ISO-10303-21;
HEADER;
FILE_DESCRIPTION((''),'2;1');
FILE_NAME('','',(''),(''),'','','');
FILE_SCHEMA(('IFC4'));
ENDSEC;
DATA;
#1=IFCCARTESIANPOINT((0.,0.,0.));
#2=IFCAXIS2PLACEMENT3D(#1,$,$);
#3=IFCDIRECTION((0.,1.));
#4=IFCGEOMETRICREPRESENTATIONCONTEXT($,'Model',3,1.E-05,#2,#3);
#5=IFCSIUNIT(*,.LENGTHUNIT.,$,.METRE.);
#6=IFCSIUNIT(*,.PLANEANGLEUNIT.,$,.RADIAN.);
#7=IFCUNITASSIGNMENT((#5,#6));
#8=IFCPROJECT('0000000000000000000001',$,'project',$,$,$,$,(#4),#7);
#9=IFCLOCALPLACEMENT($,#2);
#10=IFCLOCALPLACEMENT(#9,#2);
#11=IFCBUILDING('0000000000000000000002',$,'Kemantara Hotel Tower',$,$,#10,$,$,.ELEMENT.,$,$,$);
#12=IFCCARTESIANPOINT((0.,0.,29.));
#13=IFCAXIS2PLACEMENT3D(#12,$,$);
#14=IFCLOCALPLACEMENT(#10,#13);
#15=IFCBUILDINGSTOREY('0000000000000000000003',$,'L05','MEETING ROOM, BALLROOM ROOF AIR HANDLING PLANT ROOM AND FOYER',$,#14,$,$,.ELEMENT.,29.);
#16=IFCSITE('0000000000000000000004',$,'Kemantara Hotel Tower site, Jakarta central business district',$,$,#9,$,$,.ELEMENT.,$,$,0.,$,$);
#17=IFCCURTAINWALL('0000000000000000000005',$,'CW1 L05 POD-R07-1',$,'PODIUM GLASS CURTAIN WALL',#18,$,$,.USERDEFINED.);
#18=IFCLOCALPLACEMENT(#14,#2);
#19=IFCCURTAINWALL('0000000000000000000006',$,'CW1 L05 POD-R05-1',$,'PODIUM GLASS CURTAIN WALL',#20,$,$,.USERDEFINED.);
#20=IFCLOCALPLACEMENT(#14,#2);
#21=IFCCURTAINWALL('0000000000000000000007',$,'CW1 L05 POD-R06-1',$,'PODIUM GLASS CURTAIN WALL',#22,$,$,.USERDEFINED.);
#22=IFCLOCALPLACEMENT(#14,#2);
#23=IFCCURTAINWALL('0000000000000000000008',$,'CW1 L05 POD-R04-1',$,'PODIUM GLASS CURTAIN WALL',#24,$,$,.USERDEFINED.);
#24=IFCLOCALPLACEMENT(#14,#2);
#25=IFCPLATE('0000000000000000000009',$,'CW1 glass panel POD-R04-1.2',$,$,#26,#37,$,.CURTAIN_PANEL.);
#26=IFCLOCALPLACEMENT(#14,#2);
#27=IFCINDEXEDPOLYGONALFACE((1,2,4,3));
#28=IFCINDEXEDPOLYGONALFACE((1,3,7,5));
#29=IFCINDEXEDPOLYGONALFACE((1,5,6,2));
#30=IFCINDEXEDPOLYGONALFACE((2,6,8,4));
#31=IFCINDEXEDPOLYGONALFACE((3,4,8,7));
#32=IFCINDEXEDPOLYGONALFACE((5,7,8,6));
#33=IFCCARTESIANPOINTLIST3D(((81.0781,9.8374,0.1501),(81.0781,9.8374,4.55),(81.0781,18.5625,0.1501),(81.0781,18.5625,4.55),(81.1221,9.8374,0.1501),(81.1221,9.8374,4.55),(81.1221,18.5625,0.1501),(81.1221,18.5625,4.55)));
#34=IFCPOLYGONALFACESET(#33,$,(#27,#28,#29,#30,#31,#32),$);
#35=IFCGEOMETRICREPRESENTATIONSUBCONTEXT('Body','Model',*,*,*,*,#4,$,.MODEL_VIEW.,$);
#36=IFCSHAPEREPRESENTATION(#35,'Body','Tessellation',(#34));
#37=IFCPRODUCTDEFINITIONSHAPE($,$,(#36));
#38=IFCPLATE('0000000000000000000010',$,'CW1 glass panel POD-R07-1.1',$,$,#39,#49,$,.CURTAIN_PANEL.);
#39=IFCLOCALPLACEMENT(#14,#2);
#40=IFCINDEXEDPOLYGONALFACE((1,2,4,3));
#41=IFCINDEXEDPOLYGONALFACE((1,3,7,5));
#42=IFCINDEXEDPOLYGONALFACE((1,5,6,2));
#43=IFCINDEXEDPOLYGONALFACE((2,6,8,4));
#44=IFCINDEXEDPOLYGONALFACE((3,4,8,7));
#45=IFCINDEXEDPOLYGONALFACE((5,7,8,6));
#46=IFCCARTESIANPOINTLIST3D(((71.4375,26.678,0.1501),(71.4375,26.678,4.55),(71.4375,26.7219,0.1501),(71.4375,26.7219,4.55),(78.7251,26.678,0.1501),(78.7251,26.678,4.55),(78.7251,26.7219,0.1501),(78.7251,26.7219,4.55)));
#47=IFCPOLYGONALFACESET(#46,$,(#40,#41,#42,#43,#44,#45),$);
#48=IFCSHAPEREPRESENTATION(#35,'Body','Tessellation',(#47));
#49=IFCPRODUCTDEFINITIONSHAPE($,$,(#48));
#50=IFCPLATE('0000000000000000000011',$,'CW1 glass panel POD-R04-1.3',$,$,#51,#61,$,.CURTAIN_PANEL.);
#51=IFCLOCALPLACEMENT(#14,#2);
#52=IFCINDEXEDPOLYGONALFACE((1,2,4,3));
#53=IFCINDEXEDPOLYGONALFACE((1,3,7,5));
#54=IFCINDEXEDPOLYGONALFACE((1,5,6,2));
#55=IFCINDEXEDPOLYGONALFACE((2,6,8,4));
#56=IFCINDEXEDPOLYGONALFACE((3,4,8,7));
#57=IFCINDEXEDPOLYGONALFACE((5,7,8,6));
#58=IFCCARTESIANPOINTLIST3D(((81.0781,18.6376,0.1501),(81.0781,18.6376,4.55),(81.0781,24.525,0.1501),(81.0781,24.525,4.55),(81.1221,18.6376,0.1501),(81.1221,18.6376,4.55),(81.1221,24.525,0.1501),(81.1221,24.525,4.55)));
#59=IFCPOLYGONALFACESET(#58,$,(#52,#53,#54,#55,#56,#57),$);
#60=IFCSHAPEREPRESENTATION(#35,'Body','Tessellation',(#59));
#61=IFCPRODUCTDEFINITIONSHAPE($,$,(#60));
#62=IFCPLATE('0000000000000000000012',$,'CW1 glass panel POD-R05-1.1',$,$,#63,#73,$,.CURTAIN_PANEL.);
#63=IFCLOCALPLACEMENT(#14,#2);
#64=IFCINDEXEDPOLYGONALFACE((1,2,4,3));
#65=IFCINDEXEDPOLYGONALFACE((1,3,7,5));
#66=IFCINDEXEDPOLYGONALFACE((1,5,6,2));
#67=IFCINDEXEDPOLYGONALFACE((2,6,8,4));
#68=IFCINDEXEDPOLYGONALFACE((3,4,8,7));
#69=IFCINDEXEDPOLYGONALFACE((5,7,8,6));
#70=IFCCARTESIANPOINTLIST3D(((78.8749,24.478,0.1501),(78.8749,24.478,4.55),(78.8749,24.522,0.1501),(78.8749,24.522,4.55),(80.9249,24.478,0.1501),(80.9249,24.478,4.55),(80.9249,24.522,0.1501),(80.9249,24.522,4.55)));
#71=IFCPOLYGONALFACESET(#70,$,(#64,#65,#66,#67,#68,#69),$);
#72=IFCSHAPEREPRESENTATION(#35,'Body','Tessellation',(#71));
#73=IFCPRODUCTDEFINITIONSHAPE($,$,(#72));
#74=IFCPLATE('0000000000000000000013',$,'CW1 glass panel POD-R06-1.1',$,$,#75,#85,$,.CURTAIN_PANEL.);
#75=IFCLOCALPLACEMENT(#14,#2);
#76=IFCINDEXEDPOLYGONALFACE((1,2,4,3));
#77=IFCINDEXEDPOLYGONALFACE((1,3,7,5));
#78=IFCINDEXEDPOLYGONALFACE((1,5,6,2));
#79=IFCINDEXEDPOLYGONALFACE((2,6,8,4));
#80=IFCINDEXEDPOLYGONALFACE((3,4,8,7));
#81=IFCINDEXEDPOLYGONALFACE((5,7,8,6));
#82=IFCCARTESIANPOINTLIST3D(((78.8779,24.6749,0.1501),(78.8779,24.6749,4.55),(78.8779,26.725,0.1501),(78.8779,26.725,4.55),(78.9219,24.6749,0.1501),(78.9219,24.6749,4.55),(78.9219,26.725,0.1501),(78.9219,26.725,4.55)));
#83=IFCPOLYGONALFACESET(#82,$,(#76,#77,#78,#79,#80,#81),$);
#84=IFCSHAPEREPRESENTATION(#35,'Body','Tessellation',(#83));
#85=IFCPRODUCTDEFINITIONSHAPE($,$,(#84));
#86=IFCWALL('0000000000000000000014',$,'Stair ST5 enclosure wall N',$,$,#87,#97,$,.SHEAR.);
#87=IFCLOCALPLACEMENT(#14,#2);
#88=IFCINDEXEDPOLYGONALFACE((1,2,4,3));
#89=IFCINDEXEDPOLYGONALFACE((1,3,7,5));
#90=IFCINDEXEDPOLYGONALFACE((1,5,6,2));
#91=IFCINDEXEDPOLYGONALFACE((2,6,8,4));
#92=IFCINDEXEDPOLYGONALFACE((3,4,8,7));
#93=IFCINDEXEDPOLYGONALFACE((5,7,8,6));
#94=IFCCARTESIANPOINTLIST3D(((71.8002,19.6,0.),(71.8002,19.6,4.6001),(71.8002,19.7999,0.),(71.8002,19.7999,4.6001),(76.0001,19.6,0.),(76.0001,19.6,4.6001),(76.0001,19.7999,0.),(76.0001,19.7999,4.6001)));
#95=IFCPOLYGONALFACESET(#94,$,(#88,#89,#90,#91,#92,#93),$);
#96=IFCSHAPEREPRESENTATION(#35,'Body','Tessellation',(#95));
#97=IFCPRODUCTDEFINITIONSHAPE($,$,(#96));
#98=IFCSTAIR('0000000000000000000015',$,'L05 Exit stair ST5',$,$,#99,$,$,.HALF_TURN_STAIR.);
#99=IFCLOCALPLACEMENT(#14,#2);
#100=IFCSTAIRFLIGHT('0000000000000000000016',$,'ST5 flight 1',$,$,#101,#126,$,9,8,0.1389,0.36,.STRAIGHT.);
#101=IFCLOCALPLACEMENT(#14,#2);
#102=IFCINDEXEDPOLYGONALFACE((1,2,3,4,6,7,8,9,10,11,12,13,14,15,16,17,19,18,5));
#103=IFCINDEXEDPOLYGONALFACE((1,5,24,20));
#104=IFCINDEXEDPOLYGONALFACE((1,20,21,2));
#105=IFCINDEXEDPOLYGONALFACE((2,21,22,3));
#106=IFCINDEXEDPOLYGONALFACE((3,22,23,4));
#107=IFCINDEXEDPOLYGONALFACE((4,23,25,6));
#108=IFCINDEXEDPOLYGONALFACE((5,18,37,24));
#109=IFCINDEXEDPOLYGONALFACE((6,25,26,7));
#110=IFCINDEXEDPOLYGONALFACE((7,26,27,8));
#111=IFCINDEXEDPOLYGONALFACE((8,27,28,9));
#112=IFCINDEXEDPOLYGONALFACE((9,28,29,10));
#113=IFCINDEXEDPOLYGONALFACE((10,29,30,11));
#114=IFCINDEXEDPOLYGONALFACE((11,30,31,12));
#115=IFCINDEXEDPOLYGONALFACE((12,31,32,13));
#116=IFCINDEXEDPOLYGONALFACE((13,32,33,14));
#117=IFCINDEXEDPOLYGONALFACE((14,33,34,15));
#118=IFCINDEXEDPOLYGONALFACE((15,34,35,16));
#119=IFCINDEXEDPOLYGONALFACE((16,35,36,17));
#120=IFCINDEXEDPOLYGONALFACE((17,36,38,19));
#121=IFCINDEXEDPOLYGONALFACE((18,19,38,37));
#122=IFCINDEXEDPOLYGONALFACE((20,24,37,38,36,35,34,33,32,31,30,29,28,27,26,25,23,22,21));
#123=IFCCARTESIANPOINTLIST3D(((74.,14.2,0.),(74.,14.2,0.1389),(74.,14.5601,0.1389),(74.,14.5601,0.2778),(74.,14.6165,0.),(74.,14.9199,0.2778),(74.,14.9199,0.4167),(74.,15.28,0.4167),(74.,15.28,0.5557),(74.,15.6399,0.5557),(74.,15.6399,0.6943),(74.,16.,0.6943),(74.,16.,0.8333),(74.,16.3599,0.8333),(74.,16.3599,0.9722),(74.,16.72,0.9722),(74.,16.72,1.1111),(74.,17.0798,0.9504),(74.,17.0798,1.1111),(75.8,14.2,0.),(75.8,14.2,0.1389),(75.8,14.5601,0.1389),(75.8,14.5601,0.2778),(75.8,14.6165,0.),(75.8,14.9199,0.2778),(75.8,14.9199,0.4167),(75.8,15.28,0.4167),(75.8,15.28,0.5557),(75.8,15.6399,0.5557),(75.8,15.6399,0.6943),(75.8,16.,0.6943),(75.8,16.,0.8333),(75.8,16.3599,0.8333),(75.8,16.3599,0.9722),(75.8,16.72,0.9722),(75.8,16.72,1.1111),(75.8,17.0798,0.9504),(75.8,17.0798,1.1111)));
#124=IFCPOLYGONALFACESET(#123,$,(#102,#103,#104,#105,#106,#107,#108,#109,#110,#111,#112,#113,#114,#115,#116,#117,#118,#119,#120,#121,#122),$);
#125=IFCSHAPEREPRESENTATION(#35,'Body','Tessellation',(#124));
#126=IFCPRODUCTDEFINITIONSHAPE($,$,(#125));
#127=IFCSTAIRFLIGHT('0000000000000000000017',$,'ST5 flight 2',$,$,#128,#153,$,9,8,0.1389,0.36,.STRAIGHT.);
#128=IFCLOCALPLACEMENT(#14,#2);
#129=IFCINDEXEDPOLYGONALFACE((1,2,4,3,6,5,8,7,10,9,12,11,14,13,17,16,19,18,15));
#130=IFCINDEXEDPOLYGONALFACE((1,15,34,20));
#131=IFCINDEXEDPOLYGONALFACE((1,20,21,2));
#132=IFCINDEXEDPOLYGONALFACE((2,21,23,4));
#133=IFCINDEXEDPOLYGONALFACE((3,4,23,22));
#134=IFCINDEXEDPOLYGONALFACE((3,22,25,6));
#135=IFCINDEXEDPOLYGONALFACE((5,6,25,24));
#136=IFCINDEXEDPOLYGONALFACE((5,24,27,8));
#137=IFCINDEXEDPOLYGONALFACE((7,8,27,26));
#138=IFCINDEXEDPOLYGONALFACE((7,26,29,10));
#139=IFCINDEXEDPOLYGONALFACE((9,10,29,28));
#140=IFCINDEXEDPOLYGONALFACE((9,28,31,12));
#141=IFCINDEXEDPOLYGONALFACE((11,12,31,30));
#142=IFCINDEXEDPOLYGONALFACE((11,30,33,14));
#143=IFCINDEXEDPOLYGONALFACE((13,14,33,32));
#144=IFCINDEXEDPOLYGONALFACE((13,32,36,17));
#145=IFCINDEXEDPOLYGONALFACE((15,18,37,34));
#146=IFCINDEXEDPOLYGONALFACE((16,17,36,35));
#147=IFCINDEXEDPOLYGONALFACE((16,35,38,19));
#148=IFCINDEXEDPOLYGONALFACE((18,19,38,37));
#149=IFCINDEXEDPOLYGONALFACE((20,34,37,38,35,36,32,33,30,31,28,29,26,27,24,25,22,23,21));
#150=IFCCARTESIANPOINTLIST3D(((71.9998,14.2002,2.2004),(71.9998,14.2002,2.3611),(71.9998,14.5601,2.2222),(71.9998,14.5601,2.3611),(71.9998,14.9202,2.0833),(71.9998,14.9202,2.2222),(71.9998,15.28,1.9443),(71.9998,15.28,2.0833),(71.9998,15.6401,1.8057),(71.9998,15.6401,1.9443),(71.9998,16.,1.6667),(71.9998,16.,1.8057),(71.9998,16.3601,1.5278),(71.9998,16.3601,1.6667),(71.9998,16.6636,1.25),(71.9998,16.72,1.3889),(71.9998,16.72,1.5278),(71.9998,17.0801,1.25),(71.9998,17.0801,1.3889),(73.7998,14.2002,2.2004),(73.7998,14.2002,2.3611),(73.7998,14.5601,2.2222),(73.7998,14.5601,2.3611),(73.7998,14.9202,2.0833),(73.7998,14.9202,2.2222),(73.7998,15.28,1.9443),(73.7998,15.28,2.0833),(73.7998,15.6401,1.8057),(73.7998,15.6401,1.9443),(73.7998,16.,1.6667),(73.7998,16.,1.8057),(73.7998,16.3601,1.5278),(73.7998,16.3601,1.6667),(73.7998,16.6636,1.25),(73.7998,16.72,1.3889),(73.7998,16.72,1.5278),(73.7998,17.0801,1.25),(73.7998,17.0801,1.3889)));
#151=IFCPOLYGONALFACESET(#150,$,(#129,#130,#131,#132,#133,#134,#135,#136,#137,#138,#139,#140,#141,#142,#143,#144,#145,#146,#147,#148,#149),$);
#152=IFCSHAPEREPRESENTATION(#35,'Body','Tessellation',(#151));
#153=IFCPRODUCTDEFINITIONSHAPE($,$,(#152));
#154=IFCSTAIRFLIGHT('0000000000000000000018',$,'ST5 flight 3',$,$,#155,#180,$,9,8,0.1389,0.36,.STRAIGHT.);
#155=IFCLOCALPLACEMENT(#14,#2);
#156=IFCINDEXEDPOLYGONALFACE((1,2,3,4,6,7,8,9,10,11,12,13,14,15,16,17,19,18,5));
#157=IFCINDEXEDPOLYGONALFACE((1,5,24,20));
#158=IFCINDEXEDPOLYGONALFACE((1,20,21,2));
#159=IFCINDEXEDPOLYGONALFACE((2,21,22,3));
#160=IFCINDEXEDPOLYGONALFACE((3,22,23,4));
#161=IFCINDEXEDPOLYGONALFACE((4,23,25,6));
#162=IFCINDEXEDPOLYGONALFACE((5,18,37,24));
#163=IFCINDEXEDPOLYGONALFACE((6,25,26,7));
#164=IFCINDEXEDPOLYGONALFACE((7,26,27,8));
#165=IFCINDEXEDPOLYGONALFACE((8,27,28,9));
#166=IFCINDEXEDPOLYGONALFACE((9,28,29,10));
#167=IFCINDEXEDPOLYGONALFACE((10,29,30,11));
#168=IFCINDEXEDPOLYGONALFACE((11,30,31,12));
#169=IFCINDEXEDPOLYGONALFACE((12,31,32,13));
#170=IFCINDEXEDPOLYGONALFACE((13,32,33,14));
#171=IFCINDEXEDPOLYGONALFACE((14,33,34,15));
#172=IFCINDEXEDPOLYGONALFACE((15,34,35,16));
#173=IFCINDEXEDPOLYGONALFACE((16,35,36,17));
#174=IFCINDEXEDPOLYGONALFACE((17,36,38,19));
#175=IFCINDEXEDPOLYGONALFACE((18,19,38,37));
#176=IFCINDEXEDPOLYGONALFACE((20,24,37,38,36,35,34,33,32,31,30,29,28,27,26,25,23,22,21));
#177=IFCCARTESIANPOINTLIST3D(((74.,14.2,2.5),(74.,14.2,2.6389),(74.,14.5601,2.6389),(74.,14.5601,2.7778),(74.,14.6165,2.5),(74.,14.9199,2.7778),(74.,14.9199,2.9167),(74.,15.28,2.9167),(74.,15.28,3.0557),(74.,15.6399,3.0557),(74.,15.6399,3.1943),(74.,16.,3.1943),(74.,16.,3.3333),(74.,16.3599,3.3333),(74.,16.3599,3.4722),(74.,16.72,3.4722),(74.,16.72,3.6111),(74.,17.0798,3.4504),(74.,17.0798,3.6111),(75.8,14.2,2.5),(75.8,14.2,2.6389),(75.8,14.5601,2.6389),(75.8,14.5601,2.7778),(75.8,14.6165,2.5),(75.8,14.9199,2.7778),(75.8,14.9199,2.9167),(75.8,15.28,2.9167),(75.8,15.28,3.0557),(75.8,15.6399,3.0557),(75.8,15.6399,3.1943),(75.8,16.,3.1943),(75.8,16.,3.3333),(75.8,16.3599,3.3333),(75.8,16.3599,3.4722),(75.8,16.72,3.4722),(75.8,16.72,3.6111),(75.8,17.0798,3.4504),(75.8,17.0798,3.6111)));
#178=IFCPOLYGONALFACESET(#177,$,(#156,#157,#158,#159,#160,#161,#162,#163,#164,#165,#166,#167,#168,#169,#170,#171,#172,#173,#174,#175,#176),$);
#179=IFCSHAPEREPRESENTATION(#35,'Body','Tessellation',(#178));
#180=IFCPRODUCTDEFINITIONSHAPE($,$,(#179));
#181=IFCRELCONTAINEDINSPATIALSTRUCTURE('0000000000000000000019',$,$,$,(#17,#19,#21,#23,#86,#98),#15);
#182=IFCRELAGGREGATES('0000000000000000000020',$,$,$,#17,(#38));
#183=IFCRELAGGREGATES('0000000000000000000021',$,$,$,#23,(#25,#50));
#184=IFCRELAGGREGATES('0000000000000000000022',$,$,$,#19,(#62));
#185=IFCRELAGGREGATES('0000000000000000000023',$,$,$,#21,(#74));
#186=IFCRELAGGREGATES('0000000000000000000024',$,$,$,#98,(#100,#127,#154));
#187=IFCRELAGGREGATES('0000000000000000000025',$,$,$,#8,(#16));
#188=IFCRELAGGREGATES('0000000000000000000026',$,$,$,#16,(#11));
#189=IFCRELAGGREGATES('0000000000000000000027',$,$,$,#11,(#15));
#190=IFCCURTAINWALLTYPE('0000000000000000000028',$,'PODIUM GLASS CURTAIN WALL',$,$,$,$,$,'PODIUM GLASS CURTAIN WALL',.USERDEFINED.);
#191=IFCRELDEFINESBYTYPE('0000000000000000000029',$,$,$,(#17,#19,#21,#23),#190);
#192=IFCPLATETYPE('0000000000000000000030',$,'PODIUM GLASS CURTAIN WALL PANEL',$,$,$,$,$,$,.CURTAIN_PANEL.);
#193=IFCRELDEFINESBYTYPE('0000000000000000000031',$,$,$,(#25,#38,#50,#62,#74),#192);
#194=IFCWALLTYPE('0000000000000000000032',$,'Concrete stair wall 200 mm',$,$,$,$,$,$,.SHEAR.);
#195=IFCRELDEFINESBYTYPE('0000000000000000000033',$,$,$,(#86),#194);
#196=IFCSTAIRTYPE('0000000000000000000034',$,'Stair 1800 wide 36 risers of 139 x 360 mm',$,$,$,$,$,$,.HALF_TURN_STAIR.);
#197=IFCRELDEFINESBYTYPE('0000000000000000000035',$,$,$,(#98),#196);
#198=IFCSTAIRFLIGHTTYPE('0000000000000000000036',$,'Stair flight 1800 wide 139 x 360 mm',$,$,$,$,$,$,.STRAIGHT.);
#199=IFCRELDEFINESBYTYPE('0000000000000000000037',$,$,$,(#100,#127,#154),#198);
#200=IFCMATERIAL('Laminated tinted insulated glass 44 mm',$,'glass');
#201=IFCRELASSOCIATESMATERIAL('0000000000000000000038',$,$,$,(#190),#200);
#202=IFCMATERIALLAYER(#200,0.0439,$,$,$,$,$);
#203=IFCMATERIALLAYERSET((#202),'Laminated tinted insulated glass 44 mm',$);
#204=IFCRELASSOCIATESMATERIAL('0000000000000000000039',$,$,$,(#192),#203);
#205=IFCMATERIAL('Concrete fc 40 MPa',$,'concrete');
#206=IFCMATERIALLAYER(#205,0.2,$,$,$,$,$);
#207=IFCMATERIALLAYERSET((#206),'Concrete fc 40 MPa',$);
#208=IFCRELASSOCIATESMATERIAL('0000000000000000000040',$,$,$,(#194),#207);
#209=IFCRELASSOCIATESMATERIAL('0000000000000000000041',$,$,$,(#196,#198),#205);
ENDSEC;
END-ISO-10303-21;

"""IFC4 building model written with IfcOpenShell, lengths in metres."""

from ifc_helpers import new_model, si_unit, direction, frame, frame_2d, origin, origin_2d, place, context, subcontext, project, spatial, polyline, rectangle, outline, extrude, source, transform, mapped, material, layer, layer_set, type_object, element, aggregate, save


model = new_model("IFC4")

# Units and contexts
model_context = context("Model", 3, precision=1e-05, world=origin(), true_north=direction((0.0, 1.0)))
body_context = subcontext(model_context, "Body", "Model", "MODEL_VIEW")
ifc_project = project(units=[si_unit("LENGTHUNIT", "METRE"), si_unit("PLANEANGLEUNIT", "RADIAN")], contexts=[model_context])

# Site, building, storey
site_placement = place(None, origin())
site = spatial("IfcSite", under=ifc_project, at=site_placement, Name="Kemantara Hotel Tower site, Jakarta central business district", CompositionType="ELEMENT", RefElevation=0.0)
building_placement = place(site_placement, origin())
building = spatial("IfcBuilding", under=site, at=building_placement, Name="Kemantara Hotel Tower", CompositionType="ELEMENT")
storey_placement = place(building_placement, frame((0.0, 0.0, 29.0)))
storey = spatial("IfcBuildingStorey", under=building, at=storey_placement, Name="L05", Description="MEETING ROOM, BALLROOM ROOF AIR HANDLING PLANT ROOM AND FOYER", CompositionType="ELEMENT", Elevation=29.0)

# Curtain walls
ifc_material_1 = material(Name="Laminated tinted insulated glass 44 mm", Category="glass")
curtain_wall_type = type_object("IfcCurtainWallType", Name="PODIUM GLASS CURTAIN WALL", ElementType="PODIUM GLASS CURTAIN WALL", PredefinedType="USERDEFINED", material=ifc_material_1)
curtain_wall_1_placement = place(storey_placement, origin())
curtain_wall_1 = element("IfcCurtainWall", 1, at=curtain_wall_1_placement, inside=storey, type_object=curtain_wall_type, Name="CW1 L05 POD-R07-1", ObjectType="PODIUM GLASS CURTAIN WALL", PredefinedType="USERDEFINED")
curtain_wall_2_placement = place(storey_placement, origin())
curtain_wall_2 = element("IfcCurtainWall", 2, at=curtain_wall_2_placement, inside=storey, type_object=curtain_wall_type, Name="CW1 L05 POD-R05-1", ObjectType="PODIUM GLASS CURTAIN WALL", PredefinedType="USERDEFINED")
curtain_wall_3_placement = place(storey_placement, origin())
curtain_wall_3 = element("IfcCurtainWall", 3, at=curtain_wall_3_placement, inside=storey, type_object=curtain_wall_type, Name="CW1 L05 POD-R06-1", ObjectType="PODIUM GLASS CURTAIN WALL", PredefinedType="USERDEFINED")

# Curtain wall
curtain_wall_4_placement = place(storey_placement, origin())
curtain_wall_4 = element("IfcCurtainWall", 4, at=curtain_wall_4_placement, inside=storey, type_object=curtain_wall_type, Name="CW1 L05 POD-R04-1", ObjectType="PODIUM GLASS CURTAIN WALL", PredefinedType="USERDEFINED")

# Plates
ifc_layer_1 = layer(ifc_material_1, 0.0439)
ifc_layer_set_1 = layer_set([ifc_layer_1], Name="Laminated tinted insulated glass 44 mm")
plate_type = type_object("IfcPlateType", Name="PODIUM GLASS CURTAIN WALL PANEL", PredefinedType="CURTAIN_PANEL", material=ifc_layer_set_1)
shared_shape_1 = source(origin(), body_context, "Body", "SweptSolid", [
    extrude(rectangle(XDim=8.7251, YDim=0.0439, at=origin_2d()), origin(), (0.0, 0.0, 1.0), 4.3999),
])
plate_1_placement = place(storey_placement, frame((81.1001, 14.2, 0.1501), z_axis=(0.0, 0.0, 1.0), x_axis=(0.0, 1.0, 0.0)))
plate_1 = element("IfcPlate", 5, at=plate_1_placement, type_object=plate_type, Name="CW1 glass panel POD-R04-1.2", PredefinedType="CURTAIN_PANEL", context=body_context, shape_type="MappedRepresentation", body=[
    mapped(shared_shape_1, transform((0.0, 0.0, 0.0))),
])
shared_shape_2 = source(origin(), body_context, "Body", "SweptSolid", [
    extrude(rectangle(XDim=7.2876, YDim=0.0439, at=origin_2d()), origin(), (0.0, 0.0, 1.0), 4.3999),
])
plate_2_placement = place(storey_placement, frame((75.0813, 26.7, 0.1501), z_axis=(0.0, 0.0, 1.0), x_axis=(-1.0, 0.0, 0.0)))
plate_2 = element("IfcPlate", 6, at=plate_2_placement, type_object=plate_type, Name="CW1 glass panel POD-R07-1.1", PredefinedType="CURTAIN_PANEL", context=body_context, shape_type="MappedRepresentation", body=[
    mapped(shared_shape_2, transform((0.0, 0.0, 0.0))),
])
aggregate(curtain_wall_1, [plate_2])
shared_shape_3 = source(origin(), body_context, "Body", "SweptSolid", [
    extrude(rectangle(XDim=5.8875, YDim=0.0439, at=origin_2d()), origin(), (0.0, 0.0, 1.0), 4.3999),
])
plate_3_placement = place(storey_placement, frame((81.1001, 21.5813, 0.1501), z_axis=(0.0, 0.0, 1.0), x_axis=(0.0, 1.0, 0.0)))
plate_3 = element("IfcPlate", 7, at=plate_3_placement, type_object=plate_type, Name="CW1 glass panel POD-R04-1.3", PredefinedType="CURTAIN_PANEL", context=body_context, shape_type="MappedRepresentation", body=[
    mapped(shared_shape_3, transform((0.0, 0.0, 0.0))),
])
aggregate(curtain_wall_4, [plate_1, plate_3])
shared_shape_4 = source(origin(), body_context, "Body", "SweptSolid", [
    extrude(rectangle(XDim=2.05, YDim=0.0439, at=origin_2d()), origin(), (0.0, 0.0, 1.0), 4.3999),
])
plate_4_placement = place(storey_placement, frame((79.8999, 24.5, 0.1501), z_axis=(0.0, 0.0, 1.0), x_axis=(-1.0, 0.0, 0.0)))
plate_4 = element("IfcPlate", 8, at=plate_4_placement, type_object=plate_type, Name="CW1 glass panel POD-R05-1.1", PredefinedType="CURTAIN_PANEL", context=body_context, shape_type="MappedRepresentation", body=[
    mapped(shared_shape_4, transform((0.0, 0.0, 0.0))),
])
aggregate(curtain_wall_2, [plate_4])
plate_5_placement = place(storey_placement, frame((78.8999, 25.7, 0.1501), z_axis=(0.0, 0.0, 1.0), x_axis=(0.0, 1.0, 0.0)))
plate_5 = element("IfcPlate", 9, at=plate_5_placement, type_object=plate_type, Name="CW1 glass panel POD-R06-1.1", PredefinedType="CURTAIN_PANEL", context=body_context, shape_type="MappedRepresentation", body=[
    mapped(shared_shape_4, transform((0.0, 0.0, 0.0))),
])
aggregate(curtain_wall_3, [plate_5])

# Wall
ifc_material_2 = material(Name="Concrete fc 40 MPa", Category="concrete")
ifc_layer_2 = layer(ifc_material_2, 0.2)
ifc_layer_set_2 = layer_set([ifc_layer_2], Name="Concrete fc 40 MPa")
wall_type = type_object("IfcWallType", Name="Concrete stair wall 200 mm", PredefinedType="SHEAR", material=ifc_layer_set_2)
wall_placement = place(storey_placement, frame((71.8, 19.7, 0.0), z_axis=(0.0, 0.0, 1.0), x_axis=(1.0, 0.0, 0.0)))
element("IfcWall", 10, at=wall_placement, inside=storey, type_object=wall_type, Name="Stair ST5 enclosure wall N", PredefinedType="SHEAR", context=body_context, shape_type="SweptSolid", body=[
    extrude(rectangle(XDim=4.2, YDim=0.2, at=frame_2d((2.1001, 0.0))), origin(), (0.0, 0.0, 1.0), 4.6001),
])

# Stair, stair flights
stair_type = type_object("IfcStairType", Name="Stair 1800 wide 36 risers of 139 x 360 mm", PredefinedType="HALF_TURN_STAIR", material=ifc_material_2)
stair_placement = place(storey_placement, origin())
stair = element("IfcStair", 11, at=stair_placement, inside=storey, type_object=stair_type, Name="L05 Exit stair ST5", PredefinedType="HALF_TURN_STAIR")
stair_flight_type = type_object("IfcStairFlightType", Name="Stair flight 1800 wide 139 x 360 mm", PredefinedType="STRAIGHT", material=ifc_material_2)
stair_flight_1_placement = place(storey_placement, frame((74.8999, 14.2, 0.0), z_axis=(0.0, 0.0, 1.0), x_axis=(0.0, 1.0, 0.0)))
stair_flight_1 = element("IfcStairFlight", 12, at=stair_flight_1_placement, type_object=stair_flight_type, Name="ST5 flight 1", NumberOfRisers=9, NumberOfTreads=8, PredefinedType="STRAIGHT", RiserHeight=0.1389, TreadLength=0.36, context=body_context, shape_type="SweptSolid", body=[
    extrude(outline(polyline([(0.0, 0.0), (0.0, 0.1389), (0.3601, 0.1389), (0.3601, 0.2778), (0.72, 0.2778), (0.72, 0.4167), (1.0801, 0.4167), (1.0801, 0.5557), (1.4399, 0.5557), (1.4399, 0.6943), (1.8, 0.6943), (1.8, 0.8333), (2.1599, 0.8333), (2.1599, 0.9722), (2.52, 0.9722), (2.52, 1.1111), (2.8799, 1.1111), (2.8799, 1.25), (2.8799, 0.9504), (0.4165, 0.0), (0.0, 0.0)])), frame((0.0, 0.8999, 0.0), z_axis=(0.0, -1.0, 0.0), x_axis=(1.0, 0.0, 0.0)), (0.0, 0.0, 1.0), 1.8),
])
stair_flight_2_placement = place(storey_placement, frame((72.8999, 17.0801, 1.25), z_axis=(0.0, 0.0, 1.0), x_axis=(0.0, -1.0, 0.0)))
stair_flight_2 = element("IfcStairFlight", 13, at=stair_flight_2_placement, type_object=stair_flight_type, Name="ST5 flight 2", NumberOfRisers=9, NumberOfTreads=8, PredefinedType="STRAIGHT", RiserHeight=0.1389, TreadLength=0.36, context=body_context, shape_type="SweptSolid", body=[
    extrude(outline(polyline([(0.0, 0.0), (0.0, 0.1389), (0.3601, 0.1389), (0.3601, 0.2778), (0.72, 0.2778), (0.72, 0.4167), (1.0801, 0.4167), (1.0801, 0.5557), (1.4399, 0.5557), (1.4399, 0.6943), (1.8, 0.6943), (1.8, 0.8333), (2.1599, 0.8333), (2.1599, 0.9722), (2.52, 0.9722), (2.52, 1.1111), (2.8799, 1.1111), (2.8799, 1.25), (2.8799, 0.9504), (0.4165, 0.0), (0.0, 0.0)])), frame((0.0, 0.8999, 0.0), z_axis=(0.0, -1.0, 0.0), x_axis=(1.0, 0.0, 0.0)), (0.0, 0.0, 1.0), 1.8),
])
stair_flight_3_placement = place(storey_placement, frame((74.8999, 14.2, 2.5), z_axis=(0.0, 0.0, 1.0), x_axis=(0.0, 1.0, 0.0)))
stair_flight_3 = element("IfcStairFlight", 14, at=stair_flight_3_placement, type_object=stair_flight_type, Name="ST5 flight 3", NumberOfRisers=9, NumberOfTreads=8, PredefinedType="STRAIGHT", RiserHeight=0.1389, TreadLength=0.36, context=body_context, shape_type="SweptSolid", body=[
    extrude(outline(polyline([(0.0, 0.0), (0.0, 0.1389), (0.3601, 0.1389), (0.3601, 0.2778), (0.72, 0.2778), (0.72, 0.4167), (1.0801, 0.4167), (1.0801, 0.5557), (1.4399, 0.5557), (1.4399, 0.6943), (1.8, 0.6943), (1.8, 0.8333), (2.1599, 0.8333), (2.1599, 0.9722), (2.52, 0.9722), (2.52, 1.1111), (2.8799, 1.1111), (2.8799, 1.25), (2.8799, 0.9504), (0.4165, 0.0), (0.0, 0.0)])), frame((0.0, 0.8999, 0.0), z_axis=(0.0, -1.0, 0.0), x_axis=(1.0, 0.0, 0.0)), (0.0, 0.0, 1.0), 1.8),
])
aggregate(stair, [stair_flight_1, stair_flight_2, stair_flight_3])

save(model, "model.ifc")
